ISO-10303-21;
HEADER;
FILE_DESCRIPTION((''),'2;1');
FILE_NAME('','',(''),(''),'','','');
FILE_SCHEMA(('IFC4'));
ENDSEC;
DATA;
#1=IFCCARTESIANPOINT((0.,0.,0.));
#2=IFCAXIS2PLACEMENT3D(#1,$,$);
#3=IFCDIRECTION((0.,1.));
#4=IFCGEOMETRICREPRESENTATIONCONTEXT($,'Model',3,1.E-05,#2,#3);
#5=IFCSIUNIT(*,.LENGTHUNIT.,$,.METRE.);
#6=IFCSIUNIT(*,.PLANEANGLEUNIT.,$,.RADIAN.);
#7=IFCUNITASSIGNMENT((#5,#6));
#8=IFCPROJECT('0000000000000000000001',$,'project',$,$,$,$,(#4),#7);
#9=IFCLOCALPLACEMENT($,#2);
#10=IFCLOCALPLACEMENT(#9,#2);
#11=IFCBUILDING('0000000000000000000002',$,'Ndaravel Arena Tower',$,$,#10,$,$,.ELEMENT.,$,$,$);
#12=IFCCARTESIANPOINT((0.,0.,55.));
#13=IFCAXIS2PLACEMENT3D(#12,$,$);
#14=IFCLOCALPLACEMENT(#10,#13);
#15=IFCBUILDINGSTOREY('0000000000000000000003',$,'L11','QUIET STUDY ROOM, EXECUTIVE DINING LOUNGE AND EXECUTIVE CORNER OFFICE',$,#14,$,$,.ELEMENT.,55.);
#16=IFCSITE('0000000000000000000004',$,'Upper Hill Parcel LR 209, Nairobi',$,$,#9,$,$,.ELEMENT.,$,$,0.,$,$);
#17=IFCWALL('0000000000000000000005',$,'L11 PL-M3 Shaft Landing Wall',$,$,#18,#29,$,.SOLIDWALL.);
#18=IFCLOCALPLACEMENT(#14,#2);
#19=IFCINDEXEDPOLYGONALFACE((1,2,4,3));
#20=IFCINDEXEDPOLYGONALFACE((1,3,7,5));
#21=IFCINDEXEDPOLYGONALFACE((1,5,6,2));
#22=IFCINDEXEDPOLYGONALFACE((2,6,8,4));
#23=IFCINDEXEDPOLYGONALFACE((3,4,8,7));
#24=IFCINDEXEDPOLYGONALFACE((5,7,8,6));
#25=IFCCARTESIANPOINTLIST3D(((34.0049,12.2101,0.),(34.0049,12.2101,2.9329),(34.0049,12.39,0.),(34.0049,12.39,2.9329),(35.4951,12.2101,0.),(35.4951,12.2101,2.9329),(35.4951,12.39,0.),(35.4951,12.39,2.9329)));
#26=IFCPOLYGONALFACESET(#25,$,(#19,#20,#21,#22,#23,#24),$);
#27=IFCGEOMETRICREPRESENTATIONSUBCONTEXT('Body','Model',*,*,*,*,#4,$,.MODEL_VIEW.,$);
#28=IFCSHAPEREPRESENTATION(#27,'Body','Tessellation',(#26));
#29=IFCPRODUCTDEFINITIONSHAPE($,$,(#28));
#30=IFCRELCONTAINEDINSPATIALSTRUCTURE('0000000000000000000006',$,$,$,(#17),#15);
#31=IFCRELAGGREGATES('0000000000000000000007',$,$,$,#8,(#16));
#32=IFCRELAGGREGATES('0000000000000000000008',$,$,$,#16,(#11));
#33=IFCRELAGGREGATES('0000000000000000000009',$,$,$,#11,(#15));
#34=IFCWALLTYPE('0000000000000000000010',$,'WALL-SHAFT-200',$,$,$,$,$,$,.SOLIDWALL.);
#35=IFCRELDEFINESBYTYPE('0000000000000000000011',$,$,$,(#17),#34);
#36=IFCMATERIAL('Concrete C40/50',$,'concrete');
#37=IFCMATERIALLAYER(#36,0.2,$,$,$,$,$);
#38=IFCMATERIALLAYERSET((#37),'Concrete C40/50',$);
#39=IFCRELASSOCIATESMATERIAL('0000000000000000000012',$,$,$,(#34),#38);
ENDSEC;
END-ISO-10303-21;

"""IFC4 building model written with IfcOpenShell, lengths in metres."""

from ifc_helpers import new_model, si_unit, direction, frame, frame_2d, origin, place, context, subcontext, project, spatial, rectangle, extrude, material, layer, layer_set, type_object, element, save


model = new_model("IFC4")

# Units and contexts
model_context = context("Model", 3, precision=1e-05, world=origin(), true_north=direction((0.0, 1.0)))
body_context = subcontext(model_context, "Body", "Model", "MODEL_VIEW")
ifc_project = project(units=[si_unit("LENGTHUNIT", "METRE"), si_unit("PLANEANGLEUNIT", "RADIAN")], contexts=[model_context])

# Site, building, storey
site_placement = place(None, origin())
site = spatial("IfcSite", under=ifc_project, at=site_placement, Name="Upper Hill Parcel LR 209, Nairobi", CompositionType="ELEMENT", RefElevation=0.0)
building_placement = place(site_placement, origin())
building = spatial("IfcBuilding", under=site, at=building_placement, Name="Ndaravel Arena Tower", CompositionType="ELEMENT")
storey_placement = place(building_placement, frame((0.0, 0.0, 55.0)))
storey = spatial("IfcBuildingStorey", under=building, at=storey_placement, Name="L11", Description="QUIET STUDY ROOM, EXECUTIVE DINING LOUNGE AND EXECUTIVE CORNER OFFICE", CompositionType="ELEMENT", Elevation=55.0)

# Shared definitions
ifc_material_1 = material(Name="Concrete C40/50", Category="concrete")
ifc_layer_1 = layer(ifc_material_1, 0.2)
ifc_layer_set_1 = layer_set([ifc_layer_1], Name="Concrete C40/50")
wall_type_1 = type_object("IfcWallType", Name="WALL-SHAFT-200", PredefinedType="SOLIDWALL", material=ifc_layer_set_1)

# Wall
wall_1_placement = place(storey_placement, frame((34.0049, 12.3, 0.0), z_axis=(0.0, 0.0, 1.0), x_axis=(1.0, 0.0, 0.0)))
element("IfcWall", 1, at=wall_1_placement, inside=storey, type_object=wall_type_1, Name="L11 PL-M3 Shaft Landing Wall", PredefinedType="SOLIDWALL", context=body_context, shape_type="SweptSolid", body=[
    extrude(rectangle(XDim=1.4902, YDim=0.1799, at=frame_2d((0.7451, 0.0))), origin(), (0.0, 0.0, 1.0), 2.9329),
])

save(model, "model.ifc")
